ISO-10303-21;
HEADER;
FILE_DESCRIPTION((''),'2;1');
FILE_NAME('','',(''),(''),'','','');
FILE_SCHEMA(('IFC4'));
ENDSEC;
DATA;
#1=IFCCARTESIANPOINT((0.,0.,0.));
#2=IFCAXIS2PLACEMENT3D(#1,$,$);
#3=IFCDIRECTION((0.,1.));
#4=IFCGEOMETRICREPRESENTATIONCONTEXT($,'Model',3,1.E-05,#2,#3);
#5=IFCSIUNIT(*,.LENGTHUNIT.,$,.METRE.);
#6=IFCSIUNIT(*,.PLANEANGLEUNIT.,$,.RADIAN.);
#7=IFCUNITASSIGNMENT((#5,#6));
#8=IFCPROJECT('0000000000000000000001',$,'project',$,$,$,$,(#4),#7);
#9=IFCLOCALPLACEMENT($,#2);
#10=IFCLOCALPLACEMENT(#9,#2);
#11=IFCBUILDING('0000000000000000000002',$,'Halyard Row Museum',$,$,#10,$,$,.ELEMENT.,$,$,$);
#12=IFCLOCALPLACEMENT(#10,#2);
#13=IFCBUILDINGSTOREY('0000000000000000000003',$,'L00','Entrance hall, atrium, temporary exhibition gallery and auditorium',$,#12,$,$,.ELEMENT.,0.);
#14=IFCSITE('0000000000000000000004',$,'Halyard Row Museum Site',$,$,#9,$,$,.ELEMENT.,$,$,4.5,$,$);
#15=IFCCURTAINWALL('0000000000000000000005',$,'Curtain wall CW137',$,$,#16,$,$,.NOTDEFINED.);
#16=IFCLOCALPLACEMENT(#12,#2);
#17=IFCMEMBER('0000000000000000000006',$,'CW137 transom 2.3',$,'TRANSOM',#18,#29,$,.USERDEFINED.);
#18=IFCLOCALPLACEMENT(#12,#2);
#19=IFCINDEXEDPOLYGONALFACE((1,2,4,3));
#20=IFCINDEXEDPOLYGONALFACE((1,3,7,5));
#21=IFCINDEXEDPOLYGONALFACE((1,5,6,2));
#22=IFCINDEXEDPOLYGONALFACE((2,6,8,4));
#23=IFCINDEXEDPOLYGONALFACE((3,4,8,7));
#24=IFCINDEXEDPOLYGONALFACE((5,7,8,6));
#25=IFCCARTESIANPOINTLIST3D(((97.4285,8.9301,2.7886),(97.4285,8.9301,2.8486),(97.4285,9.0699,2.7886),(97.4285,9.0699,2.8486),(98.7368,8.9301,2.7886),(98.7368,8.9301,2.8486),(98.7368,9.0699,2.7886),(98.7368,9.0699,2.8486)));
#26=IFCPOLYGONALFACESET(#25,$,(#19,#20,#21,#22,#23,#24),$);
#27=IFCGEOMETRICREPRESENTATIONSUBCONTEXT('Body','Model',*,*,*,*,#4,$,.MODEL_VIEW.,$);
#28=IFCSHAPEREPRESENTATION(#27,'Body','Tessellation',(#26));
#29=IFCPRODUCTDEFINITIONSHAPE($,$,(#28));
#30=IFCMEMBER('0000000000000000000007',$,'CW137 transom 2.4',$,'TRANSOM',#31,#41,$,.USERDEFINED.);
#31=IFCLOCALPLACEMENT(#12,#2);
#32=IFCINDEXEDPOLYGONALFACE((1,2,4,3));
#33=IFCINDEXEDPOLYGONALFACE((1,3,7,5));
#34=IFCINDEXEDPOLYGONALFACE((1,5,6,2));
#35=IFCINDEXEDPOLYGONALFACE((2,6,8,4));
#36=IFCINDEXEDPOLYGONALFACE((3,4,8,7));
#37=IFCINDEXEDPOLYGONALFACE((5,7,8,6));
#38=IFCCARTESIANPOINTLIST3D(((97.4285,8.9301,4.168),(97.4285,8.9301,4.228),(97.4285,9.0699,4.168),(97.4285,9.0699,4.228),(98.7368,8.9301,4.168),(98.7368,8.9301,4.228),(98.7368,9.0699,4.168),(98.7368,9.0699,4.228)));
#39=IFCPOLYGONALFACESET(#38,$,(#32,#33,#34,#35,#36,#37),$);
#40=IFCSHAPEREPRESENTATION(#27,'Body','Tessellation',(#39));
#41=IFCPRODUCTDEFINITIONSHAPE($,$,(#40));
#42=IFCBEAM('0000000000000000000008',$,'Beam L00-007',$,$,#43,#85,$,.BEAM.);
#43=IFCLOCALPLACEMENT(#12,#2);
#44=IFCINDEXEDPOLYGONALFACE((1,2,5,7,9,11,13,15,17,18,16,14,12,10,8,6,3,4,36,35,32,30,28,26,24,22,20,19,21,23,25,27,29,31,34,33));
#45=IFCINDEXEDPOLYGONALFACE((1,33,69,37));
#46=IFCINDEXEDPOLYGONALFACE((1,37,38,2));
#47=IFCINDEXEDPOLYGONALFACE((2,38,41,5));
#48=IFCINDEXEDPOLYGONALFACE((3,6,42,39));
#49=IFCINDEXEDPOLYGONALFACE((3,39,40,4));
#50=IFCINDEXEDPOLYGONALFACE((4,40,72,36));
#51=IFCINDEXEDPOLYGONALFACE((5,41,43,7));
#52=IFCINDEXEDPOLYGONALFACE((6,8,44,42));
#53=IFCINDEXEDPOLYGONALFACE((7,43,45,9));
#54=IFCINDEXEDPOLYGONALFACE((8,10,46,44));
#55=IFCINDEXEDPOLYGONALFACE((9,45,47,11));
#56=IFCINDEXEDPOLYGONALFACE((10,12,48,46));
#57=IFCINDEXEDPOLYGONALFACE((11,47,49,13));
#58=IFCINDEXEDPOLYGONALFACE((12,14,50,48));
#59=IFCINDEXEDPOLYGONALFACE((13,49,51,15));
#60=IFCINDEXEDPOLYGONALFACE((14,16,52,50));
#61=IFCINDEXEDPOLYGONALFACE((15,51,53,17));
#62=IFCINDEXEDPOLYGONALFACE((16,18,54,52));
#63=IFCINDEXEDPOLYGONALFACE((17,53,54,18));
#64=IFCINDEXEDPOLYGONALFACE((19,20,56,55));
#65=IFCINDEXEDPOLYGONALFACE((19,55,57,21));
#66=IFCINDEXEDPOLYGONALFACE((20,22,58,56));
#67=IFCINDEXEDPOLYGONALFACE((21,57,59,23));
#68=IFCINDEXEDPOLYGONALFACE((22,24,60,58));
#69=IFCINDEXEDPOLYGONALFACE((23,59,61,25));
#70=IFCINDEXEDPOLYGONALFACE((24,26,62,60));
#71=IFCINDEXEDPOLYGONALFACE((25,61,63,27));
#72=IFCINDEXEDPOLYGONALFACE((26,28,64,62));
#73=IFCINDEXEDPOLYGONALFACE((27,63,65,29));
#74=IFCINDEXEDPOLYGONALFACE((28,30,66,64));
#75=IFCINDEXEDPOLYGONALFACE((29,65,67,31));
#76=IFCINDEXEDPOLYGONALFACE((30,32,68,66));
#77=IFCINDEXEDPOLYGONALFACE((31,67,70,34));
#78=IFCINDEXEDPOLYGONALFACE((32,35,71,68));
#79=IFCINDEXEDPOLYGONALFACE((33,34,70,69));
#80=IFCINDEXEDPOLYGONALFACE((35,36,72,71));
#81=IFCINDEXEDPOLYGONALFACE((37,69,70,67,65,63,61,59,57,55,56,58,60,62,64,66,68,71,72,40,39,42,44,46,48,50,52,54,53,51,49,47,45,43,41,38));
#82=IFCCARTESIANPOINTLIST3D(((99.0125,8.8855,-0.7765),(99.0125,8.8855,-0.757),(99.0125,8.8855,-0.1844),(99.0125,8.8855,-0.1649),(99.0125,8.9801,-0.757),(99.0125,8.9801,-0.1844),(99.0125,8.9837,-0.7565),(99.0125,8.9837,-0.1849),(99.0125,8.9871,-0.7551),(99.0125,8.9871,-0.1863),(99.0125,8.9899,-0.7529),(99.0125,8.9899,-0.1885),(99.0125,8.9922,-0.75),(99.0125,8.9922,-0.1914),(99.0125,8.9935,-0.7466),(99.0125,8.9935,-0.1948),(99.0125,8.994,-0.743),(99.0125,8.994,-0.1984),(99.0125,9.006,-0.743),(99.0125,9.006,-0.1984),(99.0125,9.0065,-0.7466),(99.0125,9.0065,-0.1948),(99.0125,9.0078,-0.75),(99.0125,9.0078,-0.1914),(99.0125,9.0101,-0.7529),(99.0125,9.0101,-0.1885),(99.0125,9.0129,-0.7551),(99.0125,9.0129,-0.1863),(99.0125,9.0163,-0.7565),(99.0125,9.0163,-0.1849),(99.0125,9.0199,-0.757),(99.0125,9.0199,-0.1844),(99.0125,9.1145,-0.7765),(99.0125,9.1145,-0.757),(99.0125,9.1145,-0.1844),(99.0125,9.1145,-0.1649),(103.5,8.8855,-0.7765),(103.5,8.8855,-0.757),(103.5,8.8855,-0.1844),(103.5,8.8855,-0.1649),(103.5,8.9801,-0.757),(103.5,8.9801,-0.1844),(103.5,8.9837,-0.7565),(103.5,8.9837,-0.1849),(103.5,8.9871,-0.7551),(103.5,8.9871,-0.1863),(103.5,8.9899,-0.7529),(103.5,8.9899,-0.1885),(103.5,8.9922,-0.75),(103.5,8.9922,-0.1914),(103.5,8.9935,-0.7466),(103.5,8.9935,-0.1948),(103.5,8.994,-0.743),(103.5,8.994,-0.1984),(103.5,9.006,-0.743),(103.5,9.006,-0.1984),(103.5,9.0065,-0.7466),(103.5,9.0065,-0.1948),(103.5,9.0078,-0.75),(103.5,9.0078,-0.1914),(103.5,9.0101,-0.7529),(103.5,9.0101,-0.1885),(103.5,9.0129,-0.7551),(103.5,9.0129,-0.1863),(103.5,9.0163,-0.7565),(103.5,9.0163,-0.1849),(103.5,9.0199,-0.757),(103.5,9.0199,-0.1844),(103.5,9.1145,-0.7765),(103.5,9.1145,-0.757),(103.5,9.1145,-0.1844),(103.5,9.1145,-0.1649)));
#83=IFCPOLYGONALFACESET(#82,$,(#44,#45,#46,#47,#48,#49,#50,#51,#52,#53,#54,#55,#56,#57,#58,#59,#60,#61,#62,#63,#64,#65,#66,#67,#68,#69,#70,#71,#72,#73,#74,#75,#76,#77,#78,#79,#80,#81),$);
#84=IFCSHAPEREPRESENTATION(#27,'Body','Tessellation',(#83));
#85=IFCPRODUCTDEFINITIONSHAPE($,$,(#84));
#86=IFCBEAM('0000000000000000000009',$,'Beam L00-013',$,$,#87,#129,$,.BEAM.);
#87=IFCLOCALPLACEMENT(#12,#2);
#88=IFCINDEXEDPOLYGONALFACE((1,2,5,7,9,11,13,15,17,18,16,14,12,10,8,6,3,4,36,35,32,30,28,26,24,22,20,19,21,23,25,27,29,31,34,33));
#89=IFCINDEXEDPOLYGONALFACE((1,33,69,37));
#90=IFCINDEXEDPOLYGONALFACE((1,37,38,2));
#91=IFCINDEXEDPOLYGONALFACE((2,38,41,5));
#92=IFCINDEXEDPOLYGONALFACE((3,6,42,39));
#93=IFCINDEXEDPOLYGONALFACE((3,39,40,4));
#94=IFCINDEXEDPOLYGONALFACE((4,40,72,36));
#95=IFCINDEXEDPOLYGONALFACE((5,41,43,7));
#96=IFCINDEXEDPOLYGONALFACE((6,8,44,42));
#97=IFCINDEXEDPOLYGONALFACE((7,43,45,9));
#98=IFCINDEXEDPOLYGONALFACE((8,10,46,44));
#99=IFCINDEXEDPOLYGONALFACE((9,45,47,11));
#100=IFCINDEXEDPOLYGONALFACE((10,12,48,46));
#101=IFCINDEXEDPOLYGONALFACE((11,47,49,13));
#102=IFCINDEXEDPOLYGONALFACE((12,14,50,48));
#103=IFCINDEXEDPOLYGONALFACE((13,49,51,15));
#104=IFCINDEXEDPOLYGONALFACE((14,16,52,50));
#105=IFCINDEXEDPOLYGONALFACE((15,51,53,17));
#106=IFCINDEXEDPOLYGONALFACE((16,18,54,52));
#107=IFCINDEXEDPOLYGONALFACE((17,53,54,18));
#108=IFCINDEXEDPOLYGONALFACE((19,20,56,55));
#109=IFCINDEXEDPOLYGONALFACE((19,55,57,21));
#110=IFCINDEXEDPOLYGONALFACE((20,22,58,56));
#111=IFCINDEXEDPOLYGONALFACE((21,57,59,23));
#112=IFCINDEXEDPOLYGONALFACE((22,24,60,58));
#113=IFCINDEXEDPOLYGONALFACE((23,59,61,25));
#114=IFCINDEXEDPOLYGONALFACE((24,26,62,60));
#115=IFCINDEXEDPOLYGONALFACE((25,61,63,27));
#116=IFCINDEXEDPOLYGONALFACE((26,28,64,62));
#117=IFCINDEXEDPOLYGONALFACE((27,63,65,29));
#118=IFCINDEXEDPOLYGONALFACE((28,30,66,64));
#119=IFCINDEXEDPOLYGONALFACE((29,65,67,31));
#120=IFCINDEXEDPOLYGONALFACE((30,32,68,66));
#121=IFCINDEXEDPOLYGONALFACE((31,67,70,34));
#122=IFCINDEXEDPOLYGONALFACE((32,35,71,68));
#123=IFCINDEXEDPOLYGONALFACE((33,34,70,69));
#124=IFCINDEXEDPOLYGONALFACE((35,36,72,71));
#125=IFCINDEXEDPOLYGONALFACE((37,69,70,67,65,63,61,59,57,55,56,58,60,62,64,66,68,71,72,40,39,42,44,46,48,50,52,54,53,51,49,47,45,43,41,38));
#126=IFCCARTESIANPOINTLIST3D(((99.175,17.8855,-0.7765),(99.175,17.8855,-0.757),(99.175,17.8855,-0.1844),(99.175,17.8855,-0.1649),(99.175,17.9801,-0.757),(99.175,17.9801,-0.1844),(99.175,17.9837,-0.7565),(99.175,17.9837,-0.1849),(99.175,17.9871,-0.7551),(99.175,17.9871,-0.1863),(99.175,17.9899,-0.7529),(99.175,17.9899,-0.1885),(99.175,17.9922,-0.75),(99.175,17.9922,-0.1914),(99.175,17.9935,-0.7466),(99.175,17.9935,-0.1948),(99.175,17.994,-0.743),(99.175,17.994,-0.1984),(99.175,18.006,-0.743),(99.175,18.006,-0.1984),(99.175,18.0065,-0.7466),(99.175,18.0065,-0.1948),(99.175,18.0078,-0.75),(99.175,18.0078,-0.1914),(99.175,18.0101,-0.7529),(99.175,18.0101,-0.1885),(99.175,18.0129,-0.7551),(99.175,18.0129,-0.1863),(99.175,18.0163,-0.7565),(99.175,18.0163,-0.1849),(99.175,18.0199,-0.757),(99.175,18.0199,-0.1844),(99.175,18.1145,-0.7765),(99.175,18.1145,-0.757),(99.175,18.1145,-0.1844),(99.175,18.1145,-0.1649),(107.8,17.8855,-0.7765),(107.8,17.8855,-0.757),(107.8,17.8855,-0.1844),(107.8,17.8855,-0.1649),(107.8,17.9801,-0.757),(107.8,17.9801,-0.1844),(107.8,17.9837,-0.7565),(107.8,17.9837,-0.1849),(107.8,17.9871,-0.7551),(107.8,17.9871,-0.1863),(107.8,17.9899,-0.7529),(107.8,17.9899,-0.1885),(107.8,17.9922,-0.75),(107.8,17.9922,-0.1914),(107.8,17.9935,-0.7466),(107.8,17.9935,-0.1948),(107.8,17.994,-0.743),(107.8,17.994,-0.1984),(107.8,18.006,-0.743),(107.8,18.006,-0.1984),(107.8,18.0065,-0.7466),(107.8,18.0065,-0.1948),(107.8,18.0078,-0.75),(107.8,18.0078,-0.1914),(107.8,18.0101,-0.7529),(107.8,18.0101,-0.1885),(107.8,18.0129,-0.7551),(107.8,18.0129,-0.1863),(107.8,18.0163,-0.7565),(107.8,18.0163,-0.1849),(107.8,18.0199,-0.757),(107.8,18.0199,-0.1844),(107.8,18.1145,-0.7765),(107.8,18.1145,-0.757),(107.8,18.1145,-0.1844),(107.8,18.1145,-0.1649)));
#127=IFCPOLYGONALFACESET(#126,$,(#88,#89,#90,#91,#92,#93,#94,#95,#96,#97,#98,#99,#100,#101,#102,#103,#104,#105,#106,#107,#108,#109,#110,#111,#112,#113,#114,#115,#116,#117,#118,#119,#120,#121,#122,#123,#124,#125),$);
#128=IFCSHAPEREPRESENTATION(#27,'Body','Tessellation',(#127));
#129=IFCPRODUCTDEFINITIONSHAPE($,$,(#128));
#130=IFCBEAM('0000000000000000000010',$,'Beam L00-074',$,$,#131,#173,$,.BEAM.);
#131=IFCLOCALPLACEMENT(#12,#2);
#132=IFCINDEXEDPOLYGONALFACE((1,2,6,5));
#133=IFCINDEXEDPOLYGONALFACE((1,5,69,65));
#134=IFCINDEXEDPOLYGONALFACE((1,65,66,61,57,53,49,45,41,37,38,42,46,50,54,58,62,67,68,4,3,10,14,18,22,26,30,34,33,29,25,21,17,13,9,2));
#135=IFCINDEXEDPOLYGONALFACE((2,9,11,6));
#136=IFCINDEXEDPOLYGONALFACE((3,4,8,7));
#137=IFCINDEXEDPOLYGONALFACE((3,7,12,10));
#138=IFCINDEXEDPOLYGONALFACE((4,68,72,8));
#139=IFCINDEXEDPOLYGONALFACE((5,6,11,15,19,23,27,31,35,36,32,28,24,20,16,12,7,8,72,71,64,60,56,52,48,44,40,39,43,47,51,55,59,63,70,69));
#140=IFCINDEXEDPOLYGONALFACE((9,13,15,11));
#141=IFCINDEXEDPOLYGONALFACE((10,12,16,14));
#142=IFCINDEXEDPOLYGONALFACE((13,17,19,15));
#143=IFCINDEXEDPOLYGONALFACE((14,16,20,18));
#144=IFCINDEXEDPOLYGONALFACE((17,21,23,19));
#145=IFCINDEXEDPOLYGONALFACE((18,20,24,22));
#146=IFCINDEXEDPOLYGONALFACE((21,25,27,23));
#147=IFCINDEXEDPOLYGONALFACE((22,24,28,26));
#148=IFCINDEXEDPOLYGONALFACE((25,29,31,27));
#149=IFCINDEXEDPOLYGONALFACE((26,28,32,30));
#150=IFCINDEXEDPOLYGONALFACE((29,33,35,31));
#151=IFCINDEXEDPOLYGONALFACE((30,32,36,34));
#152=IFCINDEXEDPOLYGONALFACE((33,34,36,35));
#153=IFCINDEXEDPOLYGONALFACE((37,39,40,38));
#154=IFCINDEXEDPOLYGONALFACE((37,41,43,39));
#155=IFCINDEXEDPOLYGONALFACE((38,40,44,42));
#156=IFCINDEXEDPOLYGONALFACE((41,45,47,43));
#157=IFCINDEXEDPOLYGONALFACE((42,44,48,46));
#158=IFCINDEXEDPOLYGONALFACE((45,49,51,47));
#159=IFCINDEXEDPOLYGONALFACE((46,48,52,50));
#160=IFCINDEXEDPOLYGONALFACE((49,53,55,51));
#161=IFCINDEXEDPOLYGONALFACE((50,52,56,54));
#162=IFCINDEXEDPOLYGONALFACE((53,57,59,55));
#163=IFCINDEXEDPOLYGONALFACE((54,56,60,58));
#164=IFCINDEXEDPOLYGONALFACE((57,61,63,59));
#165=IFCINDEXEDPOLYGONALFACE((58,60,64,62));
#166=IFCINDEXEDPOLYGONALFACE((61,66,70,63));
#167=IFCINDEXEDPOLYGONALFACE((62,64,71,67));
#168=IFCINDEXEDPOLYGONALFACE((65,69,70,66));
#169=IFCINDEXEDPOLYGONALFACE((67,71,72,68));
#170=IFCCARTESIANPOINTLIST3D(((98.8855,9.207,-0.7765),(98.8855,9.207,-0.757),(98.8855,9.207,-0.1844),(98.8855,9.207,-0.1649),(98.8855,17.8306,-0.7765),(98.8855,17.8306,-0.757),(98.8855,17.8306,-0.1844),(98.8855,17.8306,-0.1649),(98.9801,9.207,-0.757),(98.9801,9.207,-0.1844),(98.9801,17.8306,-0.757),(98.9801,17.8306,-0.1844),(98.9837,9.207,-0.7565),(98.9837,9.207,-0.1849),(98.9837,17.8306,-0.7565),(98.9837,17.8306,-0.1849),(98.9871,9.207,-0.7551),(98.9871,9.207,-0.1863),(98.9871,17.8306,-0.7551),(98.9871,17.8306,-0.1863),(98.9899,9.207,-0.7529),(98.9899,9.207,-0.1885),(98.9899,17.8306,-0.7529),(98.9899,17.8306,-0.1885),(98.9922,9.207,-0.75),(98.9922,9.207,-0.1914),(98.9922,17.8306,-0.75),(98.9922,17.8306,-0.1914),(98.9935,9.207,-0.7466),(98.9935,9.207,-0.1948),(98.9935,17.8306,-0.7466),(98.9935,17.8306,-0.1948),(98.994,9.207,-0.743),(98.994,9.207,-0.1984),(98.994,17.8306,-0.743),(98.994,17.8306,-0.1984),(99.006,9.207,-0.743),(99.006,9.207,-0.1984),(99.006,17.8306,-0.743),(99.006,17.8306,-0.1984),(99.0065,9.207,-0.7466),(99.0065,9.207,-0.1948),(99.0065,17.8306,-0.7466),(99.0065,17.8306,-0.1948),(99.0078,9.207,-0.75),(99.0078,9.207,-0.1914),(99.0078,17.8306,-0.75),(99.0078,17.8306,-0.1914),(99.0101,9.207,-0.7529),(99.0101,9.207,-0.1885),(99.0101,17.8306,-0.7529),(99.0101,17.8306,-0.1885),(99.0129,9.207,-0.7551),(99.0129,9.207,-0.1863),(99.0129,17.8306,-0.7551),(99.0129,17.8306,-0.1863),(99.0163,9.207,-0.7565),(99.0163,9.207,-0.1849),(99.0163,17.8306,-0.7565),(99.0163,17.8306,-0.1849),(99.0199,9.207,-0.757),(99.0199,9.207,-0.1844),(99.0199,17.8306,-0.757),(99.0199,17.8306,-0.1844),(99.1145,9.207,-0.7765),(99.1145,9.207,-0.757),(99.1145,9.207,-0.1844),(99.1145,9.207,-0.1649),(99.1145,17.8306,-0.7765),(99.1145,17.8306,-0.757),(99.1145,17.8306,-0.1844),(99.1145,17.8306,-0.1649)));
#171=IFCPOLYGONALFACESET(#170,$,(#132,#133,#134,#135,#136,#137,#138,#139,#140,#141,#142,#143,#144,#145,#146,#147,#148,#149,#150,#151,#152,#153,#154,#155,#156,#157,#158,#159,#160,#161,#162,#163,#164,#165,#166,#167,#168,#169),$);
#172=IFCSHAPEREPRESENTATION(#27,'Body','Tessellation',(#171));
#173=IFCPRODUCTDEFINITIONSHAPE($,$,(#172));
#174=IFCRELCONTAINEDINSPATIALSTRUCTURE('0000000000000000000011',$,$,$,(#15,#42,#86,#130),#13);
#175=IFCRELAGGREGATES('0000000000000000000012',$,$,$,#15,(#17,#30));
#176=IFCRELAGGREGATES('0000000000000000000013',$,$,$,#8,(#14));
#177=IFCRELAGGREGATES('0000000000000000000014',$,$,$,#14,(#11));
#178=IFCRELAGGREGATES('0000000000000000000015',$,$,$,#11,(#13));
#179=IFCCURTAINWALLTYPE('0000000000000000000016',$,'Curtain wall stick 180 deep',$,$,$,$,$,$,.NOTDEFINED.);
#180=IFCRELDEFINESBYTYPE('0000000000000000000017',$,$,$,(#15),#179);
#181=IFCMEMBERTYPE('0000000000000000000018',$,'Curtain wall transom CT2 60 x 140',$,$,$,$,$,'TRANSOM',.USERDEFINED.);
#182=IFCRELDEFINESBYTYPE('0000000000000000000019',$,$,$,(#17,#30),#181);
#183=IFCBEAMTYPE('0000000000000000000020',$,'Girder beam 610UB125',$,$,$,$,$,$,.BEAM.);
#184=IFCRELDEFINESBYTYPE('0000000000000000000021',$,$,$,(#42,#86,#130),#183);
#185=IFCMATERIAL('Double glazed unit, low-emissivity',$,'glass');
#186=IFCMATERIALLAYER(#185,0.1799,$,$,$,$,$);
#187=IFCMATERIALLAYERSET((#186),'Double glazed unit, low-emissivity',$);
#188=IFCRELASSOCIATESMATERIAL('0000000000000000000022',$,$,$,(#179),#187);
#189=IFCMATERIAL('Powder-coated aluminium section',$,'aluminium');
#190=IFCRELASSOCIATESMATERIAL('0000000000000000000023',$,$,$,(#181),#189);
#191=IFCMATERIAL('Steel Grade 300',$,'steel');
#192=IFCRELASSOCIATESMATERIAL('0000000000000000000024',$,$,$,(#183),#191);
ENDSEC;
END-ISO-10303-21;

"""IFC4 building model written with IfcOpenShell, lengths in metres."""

from ifc_helpers import new_model, si_unit, direction, frame, origin, origin_2d, place, context, subcontext, project, spatial, rectangle, i_section, extrude, material, layer, layer_set, material_profile, profile_set, type_object, element, aggregate, save


model = new_model("IFC4")

# Units and contexts
model_context = context("Model", 3, precision=1e-05, world=origin(), true_north=direction((0.0, 1.0)))
body_context = subcontext(model_context, "Body", "Model", "MODEL_VIEW")
ifc_project = project(units=[si_unit("LENGTHUNIT", "METRE"), si_unit("PLANEANGLEUNIT", "RADIAN")], contexts=[model_context])

# Site, building, storey
site_placement = place(None, origin())
site = spatial("IfcSite", under=ifc_project, at=site_placement, Name="Halyard Row Museum Site", CompositionType="ELEMENT", RefElevation=4.5)
building_placement = place(site_placement, origin())
building = spatial("IfcBuilding", under=site, at=building_placement, Name="Halyard Row Museum", CompositionType="ELEMENT")
storey_placement = place(building_placement, origin())
storey = spatial("IfcBuildingStorey", under=building, at=storey_placement, Name="L00", Description="Entrance hall, atrium, temporary exhibition gallery and auditorium", CompositionType="ELEMENT", Elevation=0.0)

# Curtain wall, members
ifc_material_1 = material(Name="Double glazed unit, low-emissivity", Category="glass")
ifc_layer_1 = layer(ifc_material_1, 0.1799)
ifc_layer_set_1 = layer_set([ifc_layer_1], Name="Double glazed unit, low-emissivity")
curtain_wall_type = type_object("IfcCurtainWallType", Name="Curtain wall stick 180 deep", PredefinedType="NOTDEFINED", material=ifc_layer_set_1)
curtain_wall_placement = place(storey_placement, origin())
curtain_wall = element("IfcCurtainWall", 1, at=curtain_wall_placement, inside=storey, type_object=curtain_wall_type, Name="Curtain wall CW137", PredefinedType="NOTDEFINED")
ifc_material_2 = material(Name="Powder-coated aluminium section", Category="aluminium")
ifc_material_profile_1 = material_profile(ifc_material_2, rectangle(XDim=0.1399, YDim=0.0601, at=origin_2d()), Name="140x60 transom")
ifc_profile_set_1 = profile_set([ifc_material_profile_1], Name="Powder-coated aluminium section")
member_type_1 = type_object("IfcMemberType", Name="Curtain wall transom CT2 60 x 140", ElementType="TRANSOM", PredefinedType="USERDEFINED", material=ifc_profile_set_1)
member_1_placement = place(storey_placement, frame((97.4285, 9.0, 2.8186), z_axis=(1.0, 0.0, 0.0), x_axis=(0.0, 1.0, 0.0)))
member_1 = element("IfcMember", 2, at=member_1_placement, type_object=member_type_1, Name="CW137 transom 2.3", ObjectType="TRANSOM", PredefinedType="USERDEFINED", context=body_context, shape_type="SweptSolid", body=[
    extrude(rectangle(XDim=0.1399, YDim=0.0601, at=origin_2d()), origin(), (0.0, 0.0, 1.0), 1.3083),
])
member_2_placement = place(storey_placement, frame((97.4285, 9.0, 4.198), z_axis=(1.0, 0.0, 0.0), x_axis=(0.0, 1.0, 0.0)))
member_2 = element("IfcMember", 3, at=member_2_placement, type_object=member_type_1, Name="CW137 transom 2.4", ObjectType="TRANSOM", PredefinedType="USERDEFINED", context=body_context, shape_type="SweptSolid", body=[
    extrude(rectangle(XDim=0.1399, YDim=0.0601, at=origin_2d()), origin(), (0.0, 0.0, 1.0), 1.3083),
])

# Beams
ifc_material_3 = material(Name="Steel Grade 300", Category="steel")
ifc_material_profile_2 = material_profile(ifc_material_3, i_section(OverallWidth=0.229, OverallDepth=0.6116, WebThickness=0.012, FlangeThickness=0.0195, FilletRadius=0.0139, at=origin_2d()), Name="610UB125")
ifc_profile_set_2 = profile_set([ifc_material_profile_2], Name="Steel Grade 300")
beam_type_1 = type_object("IfcBeamType", Name="Girder beam 610UB125", PredefinedType="BEAM", material=ifc_profile_set_2)
beam_1_placement = place(storey_placement, frame((99.0125, 9.0, -0.4707), z_axis=(1.0, 0.0, 0.0), x_axis=(0.0, 1.0, 0.0)))
element("IfcBeam", 4, at=beam_1_placement, inside=storey, type_object=beam_type_1, Name="Beam L00-007", PredefinedType="BEAM", context=body_context, shape_type="SweptSolid", body=[
    extrude(i_section(OverallWidth=0.229, OverallDepth=0.6116, WebThickness=0.012, FlangeThickness=0.0195, FilletRadius=0.0139, at=origin_2d()), origin(), (0.0, 0.0, 1.0), 4.4875),
])
beam_2_placement = place(storey_placement, frame((99.175, 18.0, -0.4707), z_axis=(1.0, 0.0, 0.0), x_axis=(0.0, 1.0, 0.0)))
element("IfcBeam", 5, at=beam_2_placement, inside=storey, type_object=beam_type_1, Name="Beam L00-013", PredefinedType="BEAM", context=body_context, shape_type="SweptSolid", body=[
    extrude(i_section(OverallWidth=0.229, OverallDepth=0.6116, WebThickness=0.012, FlangeThickness=0.0195, FilletRadius=0.0139, at=origin_2d()), origin(), (0.0, 0.0, 1.0), 8.625),
])
for number, where, z_axis, x_axis, name in (
    (6, (99.0, 9.207, -0.4707), (0.0, 1.0, 0.0), (-1.0, 0.0, 0.0), "Beam L00-074"),
):
    element("IfcBeam", number, at=place(storey_placement, frame(where, z_axis=z_axis, x_axis=x_axis)), inside=storey, type_object=beam_type_1, Name=name, PredefinedType="BEAM", context=body_context, shape_type="SweptSolid", body=[
        extrude(i_section(OverallWidth=0.229, OverallDepth=0.6116, WebThickness=0.012, FlangeThickness=0.0195, FilletRadius=0.0139, at=origin_2d()), origin(), (0.0, 0.0, 1.0), 8.6235),
    ])

aggregate(curtain_wall, [member_1, member_2])

save(model, "model.ifc")
